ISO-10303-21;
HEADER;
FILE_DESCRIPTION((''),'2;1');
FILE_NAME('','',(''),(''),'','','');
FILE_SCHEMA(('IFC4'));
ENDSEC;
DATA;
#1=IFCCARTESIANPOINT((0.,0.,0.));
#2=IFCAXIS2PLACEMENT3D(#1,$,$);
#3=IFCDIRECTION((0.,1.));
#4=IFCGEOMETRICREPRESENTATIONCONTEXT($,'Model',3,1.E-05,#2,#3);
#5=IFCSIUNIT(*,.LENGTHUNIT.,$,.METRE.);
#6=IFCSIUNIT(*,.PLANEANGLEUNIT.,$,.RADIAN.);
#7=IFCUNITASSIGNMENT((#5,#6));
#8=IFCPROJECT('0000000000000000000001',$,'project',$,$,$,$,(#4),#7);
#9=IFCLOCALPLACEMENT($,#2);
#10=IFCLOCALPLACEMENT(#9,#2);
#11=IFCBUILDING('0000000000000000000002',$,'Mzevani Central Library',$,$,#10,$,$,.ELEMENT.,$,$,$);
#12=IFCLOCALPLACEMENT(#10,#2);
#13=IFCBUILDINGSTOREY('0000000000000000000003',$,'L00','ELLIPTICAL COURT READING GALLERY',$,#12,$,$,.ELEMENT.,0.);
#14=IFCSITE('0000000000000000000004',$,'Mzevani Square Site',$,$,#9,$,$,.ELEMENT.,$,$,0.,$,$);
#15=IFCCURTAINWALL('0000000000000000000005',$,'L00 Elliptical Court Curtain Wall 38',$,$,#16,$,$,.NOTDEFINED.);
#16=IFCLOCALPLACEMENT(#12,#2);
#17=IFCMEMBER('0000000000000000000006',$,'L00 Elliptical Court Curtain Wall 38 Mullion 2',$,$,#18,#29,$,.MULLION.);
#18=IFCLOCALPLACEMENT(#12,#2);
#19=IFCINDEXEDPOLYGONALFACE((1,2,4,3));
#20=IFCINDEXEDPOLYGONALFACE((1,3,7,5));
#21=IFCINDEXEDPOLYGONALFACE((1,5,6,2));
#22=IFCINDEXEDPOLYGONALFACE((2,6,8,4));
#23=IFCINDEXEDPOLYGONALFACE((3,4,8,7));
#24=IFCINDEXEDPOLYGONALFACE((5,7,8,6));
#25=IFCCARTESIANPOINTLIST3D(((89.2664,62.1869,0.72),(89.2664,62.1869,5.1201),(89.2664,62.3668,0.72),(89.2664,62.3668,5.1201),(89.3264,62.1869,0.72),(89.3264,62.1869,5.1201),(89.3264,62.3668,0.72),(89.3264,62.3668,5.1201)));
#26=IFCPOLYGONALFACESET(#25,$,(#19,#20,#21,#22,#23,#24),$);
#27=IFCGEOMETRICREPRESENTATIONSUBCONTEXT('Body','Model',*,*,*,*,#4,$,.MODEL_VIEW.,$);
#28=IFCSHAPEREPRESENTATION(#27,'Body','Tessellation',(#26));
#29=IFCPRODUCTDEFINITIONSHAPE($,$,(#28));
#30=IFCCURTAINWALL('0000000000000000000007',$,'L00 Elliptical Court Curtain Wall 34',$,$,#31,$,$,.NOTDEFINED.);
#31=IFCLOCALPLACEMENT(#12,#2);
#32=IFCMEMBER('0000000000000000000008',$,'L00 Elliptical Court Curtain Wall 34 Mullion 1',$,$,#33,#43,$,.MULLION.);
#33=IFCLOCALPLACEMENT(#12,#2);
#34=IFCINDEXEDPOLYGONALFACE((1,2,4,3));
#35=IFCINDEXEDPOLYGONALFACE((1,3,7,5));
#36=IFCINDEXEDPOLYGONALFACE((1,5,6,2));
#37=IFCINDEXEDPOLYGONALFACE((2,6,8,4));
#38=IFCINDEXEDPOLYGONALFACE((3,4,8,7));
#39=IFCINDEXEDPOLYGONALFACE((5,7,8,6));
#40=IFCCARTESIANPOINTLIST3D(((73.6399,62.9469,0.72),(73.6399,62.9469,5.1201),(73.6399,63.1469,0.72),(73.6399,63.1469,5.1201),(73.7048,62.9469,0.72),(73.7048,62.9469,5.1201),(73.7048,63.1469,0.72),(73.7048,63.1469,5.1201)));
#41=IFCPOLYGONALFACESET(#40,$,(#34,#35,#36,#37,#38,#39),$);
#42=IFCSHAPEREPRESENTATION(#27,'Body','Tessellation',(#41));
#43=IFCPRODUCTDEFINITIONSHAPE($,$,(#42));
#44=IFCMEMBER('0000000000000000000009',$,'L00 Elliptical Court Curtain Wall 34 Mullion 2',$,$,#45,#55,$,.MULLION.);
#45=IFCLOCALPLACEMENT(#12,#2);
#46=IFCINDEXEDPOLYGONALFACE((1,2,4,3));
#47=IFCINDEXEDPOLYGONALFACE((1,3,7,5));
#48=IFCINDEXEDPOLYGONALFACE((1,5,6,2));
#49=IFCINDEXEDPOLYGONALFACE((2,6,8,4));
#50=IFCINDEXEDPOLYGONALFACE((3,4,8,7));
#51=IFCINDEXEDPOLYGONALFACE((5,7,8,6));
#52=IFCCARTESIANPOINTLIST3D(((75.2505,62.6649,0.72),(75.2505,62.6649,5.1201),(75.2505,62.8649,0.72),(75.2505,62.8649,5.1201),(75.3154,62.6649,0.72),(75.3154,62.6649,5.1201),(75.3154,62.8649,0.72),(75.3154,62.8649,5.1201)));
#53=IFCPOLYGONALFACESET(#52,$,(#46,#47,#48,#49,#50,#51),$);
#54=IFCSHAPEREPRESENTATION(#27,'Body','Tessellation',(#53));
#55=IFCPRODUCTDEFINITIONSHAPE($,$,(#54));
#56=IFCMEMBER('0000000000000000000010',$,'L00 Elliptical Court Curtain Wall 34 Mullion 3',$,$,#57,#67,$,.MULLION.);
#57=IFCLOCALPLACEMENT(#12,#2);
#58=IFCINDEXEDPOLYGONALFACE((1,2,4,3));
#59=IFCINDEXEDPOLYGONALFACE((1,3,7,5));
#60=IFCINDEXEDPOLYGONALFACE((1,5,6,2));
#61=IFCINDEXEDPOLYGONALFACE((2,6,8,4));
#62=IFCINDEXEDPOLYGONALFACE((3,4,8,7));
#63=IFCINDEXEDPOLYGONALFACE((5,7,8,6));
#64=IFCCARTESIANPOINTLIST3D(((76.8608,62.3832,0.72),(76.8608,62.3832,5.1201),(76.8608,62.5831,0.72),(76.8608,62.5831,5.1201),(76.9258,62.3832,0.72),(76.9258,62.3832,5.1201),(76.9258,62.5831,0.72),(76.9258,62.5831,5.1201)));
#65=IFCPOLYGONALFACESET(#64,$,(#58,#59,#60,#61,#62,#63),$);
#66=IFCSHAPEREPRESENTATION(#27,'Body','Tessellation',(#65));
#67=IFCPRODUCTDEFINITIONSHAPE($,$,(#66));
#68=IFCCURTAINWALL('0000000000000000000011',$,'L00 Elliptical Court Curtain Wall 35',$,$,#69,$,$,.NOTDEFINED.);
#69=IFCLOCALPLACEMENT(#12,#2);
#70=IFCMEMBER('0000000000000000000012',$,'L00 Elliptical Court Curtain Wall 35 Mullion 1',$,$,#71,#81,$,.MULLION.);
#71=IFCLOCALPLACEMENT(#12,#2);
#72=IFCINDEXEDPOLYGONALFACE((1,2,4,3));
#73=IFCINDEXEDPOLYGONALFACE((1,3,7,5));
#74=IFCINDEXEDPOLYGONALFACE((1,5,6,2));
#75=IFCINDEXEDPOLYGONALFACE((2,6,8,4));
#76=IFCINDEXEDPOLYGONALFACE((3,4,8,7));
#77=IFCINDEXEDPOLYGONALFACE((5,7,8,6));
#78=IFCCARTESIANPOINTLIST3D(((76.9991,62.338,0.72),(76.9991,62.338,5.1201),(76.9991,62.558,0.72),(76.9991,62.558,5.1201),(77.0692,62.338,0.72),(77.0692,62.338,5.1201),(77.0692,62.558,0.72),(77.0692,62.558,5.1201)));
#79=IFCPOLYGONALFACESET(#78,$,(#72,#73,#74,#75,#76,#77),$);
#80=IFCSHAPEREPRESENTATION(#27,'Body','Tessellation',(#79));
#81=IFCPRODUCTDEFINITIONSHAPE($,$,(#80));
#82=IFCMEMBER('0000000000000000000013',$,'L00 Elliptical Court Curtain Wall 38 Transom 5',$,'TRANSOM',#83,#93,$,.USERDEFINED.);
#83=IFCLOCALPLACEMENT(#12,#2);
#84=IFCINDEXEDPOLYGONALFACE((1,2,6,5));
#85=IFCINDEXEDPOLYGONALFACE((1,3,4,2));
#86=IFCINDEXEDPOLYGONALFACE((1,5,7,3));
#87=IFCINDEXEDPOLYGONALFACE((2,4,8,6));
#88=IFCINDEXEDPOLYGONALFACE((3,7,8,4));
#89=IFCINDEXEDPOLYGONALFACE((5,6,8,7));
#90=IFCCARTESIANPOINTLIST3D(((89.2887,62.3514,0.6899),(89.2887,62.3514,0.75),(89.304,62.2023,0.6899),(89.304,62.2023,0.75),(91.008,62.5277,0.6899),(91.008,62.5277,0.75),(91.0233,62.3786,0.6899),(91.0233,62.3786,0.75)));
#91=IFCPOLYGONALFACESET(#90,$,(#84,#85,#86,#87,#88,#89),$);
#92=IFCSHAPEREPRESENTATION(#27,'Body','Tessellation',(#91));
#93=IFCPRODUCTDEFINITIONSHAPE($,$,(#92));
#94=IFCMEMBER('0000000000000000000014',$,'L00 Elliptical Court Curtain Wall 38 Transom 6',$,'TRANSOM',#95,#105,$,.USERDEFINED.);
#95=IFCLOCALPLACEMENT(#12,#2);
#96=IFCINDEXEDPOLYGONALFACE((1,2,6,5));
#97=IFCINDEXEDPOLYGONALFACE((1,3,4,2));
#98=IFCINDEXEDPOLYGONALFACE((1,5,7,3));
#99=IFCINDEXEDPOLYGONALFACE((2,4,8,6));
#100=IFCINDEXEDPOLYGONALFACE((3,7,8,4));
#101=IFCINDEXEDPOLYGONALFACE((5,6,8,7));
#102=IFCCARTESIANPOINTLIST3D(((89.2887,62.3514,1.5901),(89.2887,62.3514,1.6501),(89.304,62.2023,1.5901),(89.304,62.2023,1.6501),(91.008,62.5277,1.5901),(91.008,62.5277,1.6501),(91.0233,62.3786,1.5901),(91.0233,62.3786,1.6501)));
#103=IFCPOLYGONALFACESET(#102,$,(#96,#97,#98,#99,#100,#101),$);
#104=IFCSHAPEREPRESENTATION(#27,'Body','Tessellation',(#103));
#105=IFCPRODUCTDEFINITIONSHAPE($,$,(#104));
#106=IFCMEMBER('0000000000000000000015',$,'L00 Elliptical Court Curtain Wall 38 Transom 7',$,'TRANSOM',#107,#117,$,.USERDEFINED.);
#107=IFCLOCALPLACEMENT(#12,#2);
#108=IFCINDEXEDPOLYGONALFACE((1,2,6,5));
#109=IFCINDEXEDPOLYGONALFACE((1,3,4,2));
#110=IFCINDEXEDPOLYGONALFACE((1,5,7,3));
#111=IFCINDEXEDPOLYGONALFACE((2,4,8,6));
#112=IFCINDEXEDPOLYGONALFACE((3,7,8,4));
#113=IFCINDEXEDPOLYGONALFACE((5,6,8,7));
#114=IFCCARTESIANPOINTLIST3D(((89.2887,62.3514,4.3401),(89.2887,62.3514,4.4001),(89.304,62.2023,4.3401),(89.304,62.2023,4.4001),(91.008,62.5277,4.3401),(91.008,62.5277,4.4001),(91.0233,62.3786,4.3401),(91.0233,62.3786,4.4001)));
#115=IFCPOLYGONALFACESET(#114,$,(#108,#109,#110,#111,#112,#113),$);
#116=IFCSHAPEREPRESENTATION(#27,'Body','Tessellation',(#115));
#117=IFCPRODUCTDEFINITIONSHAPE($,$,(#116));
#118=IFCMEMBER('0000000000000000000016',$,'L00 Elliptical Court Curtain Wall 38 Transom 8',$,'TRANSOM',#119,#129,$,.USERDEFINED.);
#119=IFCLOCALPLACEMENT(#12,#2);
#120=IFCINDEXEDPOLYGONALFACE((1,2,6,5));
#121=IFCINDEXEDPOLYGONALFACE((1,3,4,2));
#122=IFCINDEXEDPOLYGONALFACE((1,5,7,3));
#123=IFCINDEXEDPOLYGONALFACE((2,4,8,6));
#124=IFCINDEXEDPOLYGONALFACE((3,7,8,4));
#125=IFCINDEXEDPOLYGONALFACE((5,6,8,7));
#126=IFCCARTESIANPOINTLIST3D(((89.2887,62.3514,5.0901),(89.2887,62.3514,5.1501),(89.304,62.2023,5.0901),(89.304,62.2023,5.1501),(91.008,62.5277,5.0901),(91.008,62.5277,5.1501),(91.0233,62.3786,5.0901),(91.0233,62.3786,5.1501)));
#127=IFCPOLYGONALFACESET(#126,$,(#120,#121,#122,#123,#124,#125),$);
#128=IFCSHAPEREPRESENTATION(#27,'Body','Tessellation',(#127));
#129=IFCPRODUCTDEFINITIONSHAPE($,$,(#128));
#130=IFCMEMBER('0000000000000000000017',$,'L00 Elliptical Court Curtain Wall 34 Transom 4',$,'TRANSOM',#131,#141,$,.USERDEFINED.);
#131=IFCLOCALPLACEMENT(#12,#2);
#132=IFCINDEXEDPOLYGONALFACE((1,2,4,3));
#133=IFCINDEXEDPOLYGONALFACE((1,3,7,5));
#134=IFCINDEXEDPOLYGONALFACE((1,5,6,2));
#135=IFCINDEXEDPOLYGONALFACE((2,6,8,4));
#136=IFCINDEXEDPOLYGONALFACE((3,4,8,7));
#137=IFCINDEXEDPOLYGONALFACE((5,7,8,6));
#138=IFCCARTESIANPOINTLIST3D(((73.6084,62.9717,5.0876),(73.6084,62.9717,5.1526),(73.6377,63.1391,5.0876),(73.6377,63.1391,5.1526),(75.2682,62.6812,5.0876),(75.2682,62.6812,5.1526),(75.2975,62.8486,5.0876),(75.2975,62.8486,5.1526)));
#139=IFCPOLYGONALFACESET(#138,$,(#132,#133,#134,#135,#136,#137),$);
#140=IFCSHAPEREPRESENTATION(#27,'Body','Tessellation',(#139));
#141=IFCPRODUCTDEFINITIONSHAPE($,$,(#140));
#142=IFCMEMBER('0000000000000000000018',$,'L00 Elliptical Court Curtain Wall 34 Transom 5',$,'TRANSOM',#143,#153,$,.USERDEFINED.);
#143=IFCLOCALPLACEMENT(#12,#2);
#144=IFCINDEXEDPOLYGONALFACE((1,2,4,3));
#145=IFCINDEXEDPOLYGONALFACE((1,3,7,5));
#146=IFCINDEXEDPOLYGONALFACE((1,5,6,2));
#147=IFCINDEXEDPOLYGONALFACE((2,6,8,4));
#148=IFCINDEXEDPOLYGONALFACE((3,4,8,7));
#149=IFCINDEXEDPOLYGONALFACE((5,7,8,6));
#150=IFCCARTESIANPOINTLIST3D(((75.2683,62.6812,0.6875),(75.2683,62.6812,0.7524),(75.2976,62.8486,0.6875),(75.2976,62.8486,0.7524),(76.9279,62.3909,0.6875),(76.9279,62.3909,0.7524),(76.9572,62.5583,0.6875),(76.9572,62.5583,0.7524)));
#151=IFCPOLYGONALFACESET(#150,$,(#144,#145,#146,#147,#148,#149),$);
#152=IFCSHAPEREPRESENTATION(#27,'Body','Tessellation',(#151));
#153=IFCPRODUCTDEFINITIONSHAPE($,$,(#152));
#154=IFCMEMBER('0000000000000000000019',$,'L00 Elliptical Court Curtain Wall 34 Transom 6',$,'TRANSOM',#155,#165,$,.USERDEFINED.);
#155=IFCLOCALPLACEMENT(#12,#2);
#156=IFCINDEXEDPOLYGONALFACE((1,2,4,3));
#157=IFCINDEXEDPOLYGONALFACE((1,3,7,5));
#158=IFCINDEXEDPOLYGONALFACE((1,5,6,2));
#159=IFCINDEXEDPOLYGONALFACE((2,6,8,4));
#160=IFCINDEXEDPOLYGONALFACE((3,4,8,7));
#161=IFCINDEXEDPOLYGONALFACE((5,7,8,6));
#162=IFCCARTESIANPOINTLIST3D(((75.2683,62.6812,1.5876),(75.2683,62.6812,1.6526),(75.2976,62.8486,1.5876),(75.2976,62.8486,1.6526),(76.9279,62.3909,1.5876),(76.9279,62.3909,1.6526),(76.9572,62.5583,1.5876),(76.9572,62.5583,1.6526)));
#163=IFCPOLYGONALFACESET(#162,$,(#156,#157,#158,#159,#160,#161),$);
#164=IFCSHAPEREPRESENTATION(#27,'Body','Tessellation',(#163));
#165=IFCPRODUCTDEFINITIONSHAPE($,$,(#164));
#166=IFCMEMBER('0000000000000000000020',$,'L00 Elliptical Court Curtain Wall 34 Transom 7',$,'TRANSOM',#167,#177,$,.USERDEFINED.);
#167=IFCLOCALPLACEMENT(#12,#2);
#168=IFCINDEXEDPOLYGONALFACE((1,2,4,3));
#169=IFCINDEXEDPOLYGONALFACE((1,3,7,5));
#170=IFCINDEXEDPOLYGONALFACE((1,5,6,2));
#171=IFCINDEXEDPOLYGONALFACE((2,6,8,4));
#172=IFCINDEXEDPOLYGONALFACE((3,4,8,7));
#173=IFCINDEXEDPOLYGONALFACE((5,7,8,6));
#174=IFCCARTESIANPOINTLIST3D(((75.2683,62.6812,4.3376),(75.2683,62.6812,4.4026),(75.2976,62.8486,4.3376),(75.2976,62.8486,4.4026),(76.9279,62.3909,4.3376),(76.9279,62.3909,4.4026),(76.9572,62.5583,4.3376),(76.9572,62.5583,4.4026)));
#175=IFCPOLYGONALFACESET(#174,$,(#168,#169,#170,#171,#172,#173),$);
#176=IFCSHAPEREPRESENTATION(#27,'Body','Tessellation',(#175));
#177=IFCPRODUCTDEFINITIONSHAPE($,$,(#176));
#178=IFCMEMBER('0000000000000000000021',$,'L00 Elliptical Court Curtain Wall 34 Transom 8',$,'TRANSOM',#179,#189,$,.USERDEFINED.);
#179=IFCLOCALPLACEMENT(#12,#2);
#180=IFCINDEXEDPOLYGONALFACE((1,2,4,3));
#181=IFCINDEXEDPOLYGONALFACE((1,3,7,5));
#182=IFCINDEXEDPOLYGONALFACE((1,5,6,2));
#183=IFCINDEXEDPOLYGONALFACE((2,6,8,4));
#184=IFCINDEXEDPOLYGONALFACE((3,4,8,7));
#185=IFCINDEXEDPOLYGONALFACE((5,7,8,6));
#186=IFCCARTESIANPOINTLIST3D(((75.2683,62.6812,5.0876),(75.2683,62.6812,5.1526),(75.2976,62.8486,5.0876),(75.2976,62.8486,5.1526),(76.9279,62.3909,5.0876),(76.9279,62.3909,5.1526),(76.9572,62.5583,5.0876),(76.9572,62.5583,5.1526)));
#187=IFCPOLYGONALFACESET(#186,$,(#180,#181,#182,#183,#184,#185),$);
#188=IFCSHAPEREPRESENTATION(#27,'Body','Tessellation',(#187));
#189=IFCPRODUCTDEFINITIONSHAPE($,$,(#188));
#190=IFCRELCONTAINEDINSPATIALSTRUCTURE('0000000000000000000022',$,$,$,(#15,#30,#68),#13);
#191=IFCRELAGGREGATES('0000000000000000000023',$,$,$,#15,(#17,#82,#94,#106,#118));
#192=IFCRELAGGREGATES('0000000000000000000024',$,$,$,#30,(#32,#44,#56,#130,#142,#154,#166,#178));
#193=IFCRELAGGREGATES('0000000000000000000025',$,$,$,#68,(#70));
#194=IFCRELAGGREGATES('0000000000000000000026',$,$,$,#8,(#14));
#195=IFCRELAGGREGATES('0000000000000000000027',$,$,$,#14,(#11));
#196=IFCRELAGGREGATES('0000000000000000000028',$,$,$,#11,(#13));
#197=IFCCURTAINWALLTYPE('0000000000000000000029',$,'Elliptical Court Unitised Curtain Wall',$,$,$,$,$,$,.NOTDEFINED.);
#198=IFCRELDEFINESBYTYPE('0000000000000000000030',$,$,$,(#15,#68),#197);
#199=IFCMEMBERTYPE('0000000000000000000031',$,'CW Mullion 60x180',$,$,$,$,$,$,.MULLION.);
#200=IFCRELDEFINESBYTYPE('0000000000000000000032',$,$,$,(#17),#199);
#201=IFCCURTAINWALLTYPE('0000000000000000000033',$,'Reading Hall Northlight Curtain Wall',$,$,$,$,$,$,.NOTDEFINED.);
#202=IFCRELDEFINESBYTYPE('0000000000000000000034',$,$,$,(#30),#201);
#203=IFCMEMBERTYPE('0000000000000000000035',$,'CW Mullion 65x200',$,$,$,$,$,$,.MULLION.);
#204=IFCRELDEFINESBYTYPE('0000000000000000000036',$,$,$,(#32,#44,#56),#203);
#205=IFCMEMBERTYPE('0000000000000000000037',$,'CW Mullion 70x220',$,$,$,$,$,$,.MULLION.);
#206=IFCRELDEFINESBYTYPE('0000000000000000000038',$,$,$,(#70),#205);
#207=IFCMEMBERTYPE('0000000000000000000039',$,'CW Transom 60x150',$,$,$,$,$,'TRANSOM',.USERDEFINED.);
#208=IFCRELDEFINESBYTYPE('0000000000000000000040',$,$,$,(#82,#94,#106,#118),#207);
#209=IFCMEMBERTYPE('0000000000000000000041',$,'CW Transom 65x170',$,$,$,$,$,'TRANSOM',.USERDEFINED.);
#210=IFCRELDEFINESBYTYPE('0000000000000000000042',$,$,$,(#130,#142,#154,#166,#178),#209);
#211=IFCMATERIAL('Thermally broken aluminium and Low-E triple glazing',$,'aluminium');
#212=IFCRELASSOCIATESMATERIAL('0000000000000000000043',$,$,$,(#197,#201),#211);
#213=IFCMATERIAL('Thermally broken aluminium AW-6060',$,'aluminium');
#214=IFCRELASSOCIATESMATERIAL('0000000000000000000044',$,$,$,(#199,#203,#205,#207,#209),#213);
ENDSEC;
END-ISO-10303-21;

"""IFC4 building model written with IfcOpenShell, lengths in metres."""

from ifc_helpers import new_model, si_unit, direction, frame, origin, origin_2d, place, context, subcontext, project, spatial, rectangle, extrude, material, material_profile, profile_set, type_object, element, aggregate, save


model = new_model("IFC4")

# Units and contexts
model_context = context("Model", 3, precision=1e-05, world=origin(), true_north=direction((0.0, 1.0)))
body_context = subcontext(model_context, "Body", "Model", "MODEL_VIEW")
ifc_project = project(units=[si_unit("LENGTHUNIT", "METRE"), si_unit("PLANEANGLEUNIT", "RADIAN")], contexts=[model_context])

# Site, building, storey
site_placement = place(None, origin())
site = spatial("IfcSite", under=ifc_project, at=site_placement, Name="Mzevani Square Site", CompositionType="ELEMENT", RefElevation=0.0)
building_placement = place(site_placement, origin())
building = spatial("IfcBuilding", under=site, at=building_placement, Name="Mzevani Central Library", CompositionType="ELEMENT")
storey_placement = place(building_placement, origin())
storey = spatial("IfcBuildingStorey", under=building, at=storey_placement, Name="L00", Description="ELLIPTICAL COURT READING GALLERY", CompositionType="ELEMENT", Elevation=0.0)

# Curtain wall, member
ifc_material_1 = material(Name="Thermally broken aluminium and Low-E triple glazing", Category="aluminium")
curtain_wall_type_1 = type_object("IfcCurtainWallType", Name="Elliptical Court Unitised Curtain Wall", PredefinedType="NOTDEFINED", material=ifc_material_1)
curtain_wall_1_placement = place(storey_placement, origin())
curtain_wall_1 = element("IfcCurtainWall", 1, at=curtain_wall_1_placement, inside=storey, type_object=curtain_wall_type_1, Name="L00 Elliptical Court Curtain Wall 38", PredefinedType="NOTDEFINED")
ifc_material_2 = material(Name="Thermally broken aluminium AW-6060", Category="aluminium")
ifc_material_profile_1 = material_profile(ifc_material_2, rectangle(XDim=0.0601, YDim=0.1799, at=origin_2d()), Name="ALU M60x180")
ifc_profile_set_1 = profile_set([ifc_material_profile_1], Name="Thermally broken aluminium AW-6060")
member_type_1 = type_object("IfcMemberType", Name="CW Mullion 60x180", PredefinedType="MULLION", material=ifc_profile_set_1)
member_1_placement = place(storey_placement, frame((89.2964, 62.2769, 0.72), z_axis=(0.0, 0.0, 1.0), x_axis=(1.0, 0.0, 0.0)))
member_1 = element("IfcMember", 2, at=member_1_placement, type_object=member_type_1, Name="L00 Elliptical Court Curtain Wall 38 Mullion 2", PredefinedType="MULLION", context=body_context, shape_type="SweptSolid", body=[
    extrude(rectangle(XDim=0.0601, YDim=0.1799, at=origin_2d()), origin(), (0.0, 0.0, 1.0), 4.4001),
])

# Curtain wall, members
curtain_wall_type_2 = type_object("IfcCurtainWallType", Name="Reading Hall Northlight Curtain Wall", PredefinedType="NOTDEFINED", material=ifc_material_1)
curtain_wall_2_placement = place(storey_placement, origin())
curtain_wall_2 = element("IfcCurtainWall", 3, at=curtain_wall_2_placement, inside=storey, type_object=curtain_wall_type_2, Name="L00 Elliptical Court Curtain Wall 34", PredefinedType="NOTDEFINED")
ifc_material_profile_2 = material_profile(ifc_material_2, rectangle(XDim=0.0649, YDim=0.2, at=origin_2d()), Name="ALU M65x200")
ifc_profile_set_2 = profile_set([ifc_material_profile_2], Name="Thermally broken aluminium AW-6060")
member_type_2 = type_object("IfcMemberType", Name="CW Mullion 65x200", PredefinedType="MULLION", material=ifc_profile_set_2)
member_2_placement = place(storey_placement, frame((73.6724, 63.0469, 0.72), z_axis=(0.0, 0.0, 1.0), x_axis=(1.0, 0.0, 0.0)))
member_2 = element("IfcMember", 4, at=member_2_placement, type_object=member_type_2, Name="L00 Elliptical Court Curtain Wall 34 Mullion 1", PredefinedType="MULLION", context=body_context, shape_type="SweptSolid", body=[
    extrude(rectangle(XDim=0.0649, YDim=0.2, at=origin_2d()), origin(), (0.0, 0.0, 1.0), 4.4001),
])
member_3_placement = place(storey_placement, frame((75.283, 62.7649, 0.72), z_axis=(0.0, 0.0, 1.0), x_axis=(1.0, 0.0, 0.0)))
member_3 = element("IfcMember", 5, at=member_3_placement, type_object=member_type_2, Name="L00 Elliptical Court Curtain Wall 34 Mullion 2", PredefinedType="MULLION", context=body_context, shape_type="SweptSolid", body=[
    extrude(rectangle(XDim=0.0649, YDim=0.2, at=origin_2d()), origin(), (0.0, 0.0, 1.0), 4.4001),
])
member_4_placement = place(storey_placement, frame((76.8933, 62.4832, 0.72), z_axis=(0.0, 0.0, 1.0), x_axis=(1.0, 0.0, 0.0)))
member_4 = element("IfcMember", 6, at=member_4_placement, type_object=member_type_2, Name="L00 Elliptical Court Curtain Wall 34 Mullion 3", PredefinedType="MULLION", context=body_context, shape_type="SweptSolid", body=[
    extrude(rectangle(XDim=0.0649, YDim=0.2, at=origin_2d()), origin(), (0.0, 0.0, 1.0), 4.4001),
])

# Curtain wall, member
curtain_wall_3_placement = place(storey_placement, origin())
curtain_wall_3 = element("IfcCurtainWall", 7, at=curtain_wall_3_placement, inside=storey, type_object=curtain_wall_type_1, Name="L00 Elliptical Court Curtain Wall 35", PredefinedType="NOTDEFINED")
ifc_material_profile_3 = material_profile(ifc_material_2, rectangle(XDim=0.0701, YDim=0.22, at=origin_2d()), Name="ALU M70x220")
ifc_profile_set_3 = profile_set([ifc_material_profile_3], Name="Thermally broken aluminium AW-6060")
member_type_3 = type_object("IfcMemberType", Name="CW Mullion 70x220", PredefinedType="MULLION", material=ifc_profile_set_3)
member_5_placement = place(storey_placement, frame((77.0342, 62.448, 0.72), z_axis=(0.0, 0.0, 1.0), x_axis=(1.0, 0.0, 0.0)))
member_5 = element("IfcMember", 8, at=member_5_placement, type_object=member_type_3, Name="L00 Elliptical Court Curtain Wall 35 Mullion 1", PredefinedType="MULLION", context=body_context, shape_type="SweptSolid", body=[
    extrude(rectangle(XDim=0.0701, YDim=0.22, at=origin_2d()), origin(), (0.0, 0.0, 1.0), 4.4001),
])

# Members
ifc_material_profile_4 = material_profile(ifc_material_2, rectangle(XDim=0.1499, YDim=0.0601, at=origin_2d()), Name="ALU T60x150")
ifc_profile_set_4 = profile_set([ifc_material_profile_4], Name="Thermally broken aluminium AW-6060")
member_type_4 = type_object("IfcMemberType", Name="CW Transom 60x150", ElementType="TRANSOM", PredefinedType="USERDEFINED", material=ifc_profile_set_4)
member_6_placement = place(storey_placement, frame((89.2964, 62.2769, 0.72), z_axis=(0.994785, 0.101993, 0.0), x_axis=(-0.101993, 0.994785, 0.0)))
member_6 = element("IfcMember", 9, at=member_6_placement, type_object=member_type_4, Name="L00 Elliptical Court Curtain Wall 38 Transom 5", ObjectType="TRANSOM", PredefinedType="USERDEFINED", context=body_context, shape_type="SweptSolid", body=[
    extrude(rectangle(XDim=0.1499, YDim=0.0601, at=origin_2d()), origin(), (0.0, 0.0, 1.0), 1.7283),
])
member_7_placement = place(storey_placement, frame((89.2964, 62.2769, 1.6201), z_axis=(0.994785, 0.101993, 0.0), x_axis=(-0.101993, 0.994785, 0.0)))
member_7 = element("IfcMember", 10, at=member_7_placement, type_object=member_type_4, Name="L00 Elliptical Court Curtain Wall 38 Transom 6", ObjectType="TRANSOM", PredefinedType="USERDEFINED", context=body_context, shape_type="SweptSolid", body=[
    extrude(rectangle(XDim=0.1499, YDim=0.0601, at=origin_2d()), origin(), (0.0, 0.0, 1.0), 1.7283),
])
member_8_placement = place(storey_placement, frame((89.2964, 62.2769, 4.3701), z_axis=(0.994785, 0.101993, 0.0), x_axis=(-0.101993, 0.994785, 0.0)))
member_8 = element("IfcMember", 11, at=member_8_placement, type_object=member_type_4, Name="L00 Elliptical Court Curtain Wall 38 Transom 7", ObjectType="TRANSOM", PredefinedType="USERDEFINED", context=body_context, shape_type="SweptSolid", body=[
    extrude(rectangle(XDim=0.1499, YDim=0.0601, at=origin_2d()), origin(), (0.0, 0.0, 1.0), 1.7283),
])
member_9_placement = place(storey_placement, frame((89.2964, 62.2769, 5.1201), z_axis=(0.994785, 0.101993, 0.0), x_axis=(-0.101993, 0.994785, 0.0)))
member_9 = element("IfcMember", 12, at=member_9_placement, type_object=member_type_4, Name="L00 Elliptical Court Curtain Wall 38 Transom 8", ObjectType="TRANSOM", PredefinedType="USERDEFINED", context=body_context, shape_type="SweptSolid", body=[
    extrude(rectangle(XDim=0.1499, YDim=0.0601, at=origin_2d()), origin(), (0.0, 0.0, 1.0), 1.7283),
])
aggregate(curtain_wall_1, [member_1, member_6, member_7, member_8, member_9])
ifc_material_profile_5 = material_profile(ifc_material_2, rectangle(XDim=0.1699, YDim=0.0649, at=origin_2d()), Name="ALU T65x170")
ifc_profile_set_5 = profile_set([ifc_material_profile_5], Name="Thermally broken aluminium AW-6060")
member_type_5 = type_object("IfcMemberType", Name="CW Transom 65x170", ElementType="TRANSOM", PredefinedType="USERDEFINED", material=ifc_profile_set_5)
member_10_placement = place(storey_placement, frame((73.623, 63.0554, 5.1201), z_axis=(0.985026, -0.172405, 0.0), x_axis=(0.172405, 0.985026, 0.0)))
member_10 = element("IfcMember", 13, at=member_10_placement, type_object=member_type_5, Name="L00 Elliptical Court Curtain Wall 34 Transom 4", ObjectType="TRANSOM", PredefinedType="USERDEFINED", context=body_context, shape_type="SweptSolid", body=[
    extrude(rectangle(XDim=0.1699, YDim=0.0649, at=origin_2d()), origin(), (0.0, 0.0, 1.0), 1.6851),
])
member_11_placement = place(storey_placement, frame((75.283, 62.7649, 0.72), z_axis=(0.985046, -0.172289, 0.0), x_axis=(0.172289, 0.985046, 0.0)))
member_11 = element("IfcMember", 14, at=member_11_placement, type_object=member_type_5, Name="L00 Elliptical Court Curtain Wall 34 Transom 5", ObjectType="TRANSOM", PredefinedType="USERDEFINED", context=body_context, shape_type="SweptSolid", body=[
    extrude(rectangle(XDim=0.1699, YDim=0.0649, at=origin_2d()), origin(), (0.0, 0.0, 1.0), 1.6848),
])
member_12_placement = place(storey_placement, frame((75.283, 62.7649, 1.6201), z_axis=(0.985046, -0.172289, 0.0), x_axis=(0.172289, 0.985046, 0.0)))
member_12 = element("IfcMember", 15, at=member_12_placement, type_object=member_type_5, Name="L00 Elliptical Court Curtain Wall 34 Transom 6", ObjectType="TRANSOM", PredefinedType="USERDEFINED", context=body_context, shape_type="SweptSolid", body=[
    extrude(rectangle(XDim=0.1699, YDim=0.0649, at=origin_2d()), origin(), (0.0, 0.0, 1.0), 1.6848),
])
member_13_placement = place(storey_placement, frame((75.283, 62.7649, 4.3701), z_axis=(0.985046, -0.172289, 0.0), x_axis=(0.172289, 0.985046, 0.0)))
member_13 = element("IfcMember", 16, at=member_13_placement, type_object=member_type_5, Name="L00 Elliptical Court Curtain Wall 34 Transom 7", ObjectType="TRANSOM", PredefinedType="USERDEFINED", context=body_context, shape_type="SweptSolid", body=[
    extrude(rectangle(XDim=0.1699, YDim=0.0649, at=origin_2d()), origin(), (0.0, 0.0, 1.0), 1.6848),
])
member_14_placement = place(storey_placement, frame((75.283, 62.7649, 5.1201), z_axis=(0.985046, -0.172289, 0.0), x_axis=(0.172289, 0.985046, 0.0)))
member_14 = element("IfcMember", 17, at=member_14_placement, type_object=member_type_5, Name="L00 Elliptical Court Curtain Wall 34 Transom 8", ObjectType="TRANSOM", PredefinedType="USERDEFINED", context=body_context, shape_type="SweptSolid", body=[
    extrude(rectangle(XDim=0.1699, YDim=0.0649, at=origin_2d()), origin(), (0.0, 0.0, 1.0), 1.6848),
])

aggregate(curtain_wall_2, [member_2, member_3, member_4, member_10, member_11, member_12, member_13, member_14])
aggregate(curtain_wall_3, [member_5])

save(model, "model.ifc")
